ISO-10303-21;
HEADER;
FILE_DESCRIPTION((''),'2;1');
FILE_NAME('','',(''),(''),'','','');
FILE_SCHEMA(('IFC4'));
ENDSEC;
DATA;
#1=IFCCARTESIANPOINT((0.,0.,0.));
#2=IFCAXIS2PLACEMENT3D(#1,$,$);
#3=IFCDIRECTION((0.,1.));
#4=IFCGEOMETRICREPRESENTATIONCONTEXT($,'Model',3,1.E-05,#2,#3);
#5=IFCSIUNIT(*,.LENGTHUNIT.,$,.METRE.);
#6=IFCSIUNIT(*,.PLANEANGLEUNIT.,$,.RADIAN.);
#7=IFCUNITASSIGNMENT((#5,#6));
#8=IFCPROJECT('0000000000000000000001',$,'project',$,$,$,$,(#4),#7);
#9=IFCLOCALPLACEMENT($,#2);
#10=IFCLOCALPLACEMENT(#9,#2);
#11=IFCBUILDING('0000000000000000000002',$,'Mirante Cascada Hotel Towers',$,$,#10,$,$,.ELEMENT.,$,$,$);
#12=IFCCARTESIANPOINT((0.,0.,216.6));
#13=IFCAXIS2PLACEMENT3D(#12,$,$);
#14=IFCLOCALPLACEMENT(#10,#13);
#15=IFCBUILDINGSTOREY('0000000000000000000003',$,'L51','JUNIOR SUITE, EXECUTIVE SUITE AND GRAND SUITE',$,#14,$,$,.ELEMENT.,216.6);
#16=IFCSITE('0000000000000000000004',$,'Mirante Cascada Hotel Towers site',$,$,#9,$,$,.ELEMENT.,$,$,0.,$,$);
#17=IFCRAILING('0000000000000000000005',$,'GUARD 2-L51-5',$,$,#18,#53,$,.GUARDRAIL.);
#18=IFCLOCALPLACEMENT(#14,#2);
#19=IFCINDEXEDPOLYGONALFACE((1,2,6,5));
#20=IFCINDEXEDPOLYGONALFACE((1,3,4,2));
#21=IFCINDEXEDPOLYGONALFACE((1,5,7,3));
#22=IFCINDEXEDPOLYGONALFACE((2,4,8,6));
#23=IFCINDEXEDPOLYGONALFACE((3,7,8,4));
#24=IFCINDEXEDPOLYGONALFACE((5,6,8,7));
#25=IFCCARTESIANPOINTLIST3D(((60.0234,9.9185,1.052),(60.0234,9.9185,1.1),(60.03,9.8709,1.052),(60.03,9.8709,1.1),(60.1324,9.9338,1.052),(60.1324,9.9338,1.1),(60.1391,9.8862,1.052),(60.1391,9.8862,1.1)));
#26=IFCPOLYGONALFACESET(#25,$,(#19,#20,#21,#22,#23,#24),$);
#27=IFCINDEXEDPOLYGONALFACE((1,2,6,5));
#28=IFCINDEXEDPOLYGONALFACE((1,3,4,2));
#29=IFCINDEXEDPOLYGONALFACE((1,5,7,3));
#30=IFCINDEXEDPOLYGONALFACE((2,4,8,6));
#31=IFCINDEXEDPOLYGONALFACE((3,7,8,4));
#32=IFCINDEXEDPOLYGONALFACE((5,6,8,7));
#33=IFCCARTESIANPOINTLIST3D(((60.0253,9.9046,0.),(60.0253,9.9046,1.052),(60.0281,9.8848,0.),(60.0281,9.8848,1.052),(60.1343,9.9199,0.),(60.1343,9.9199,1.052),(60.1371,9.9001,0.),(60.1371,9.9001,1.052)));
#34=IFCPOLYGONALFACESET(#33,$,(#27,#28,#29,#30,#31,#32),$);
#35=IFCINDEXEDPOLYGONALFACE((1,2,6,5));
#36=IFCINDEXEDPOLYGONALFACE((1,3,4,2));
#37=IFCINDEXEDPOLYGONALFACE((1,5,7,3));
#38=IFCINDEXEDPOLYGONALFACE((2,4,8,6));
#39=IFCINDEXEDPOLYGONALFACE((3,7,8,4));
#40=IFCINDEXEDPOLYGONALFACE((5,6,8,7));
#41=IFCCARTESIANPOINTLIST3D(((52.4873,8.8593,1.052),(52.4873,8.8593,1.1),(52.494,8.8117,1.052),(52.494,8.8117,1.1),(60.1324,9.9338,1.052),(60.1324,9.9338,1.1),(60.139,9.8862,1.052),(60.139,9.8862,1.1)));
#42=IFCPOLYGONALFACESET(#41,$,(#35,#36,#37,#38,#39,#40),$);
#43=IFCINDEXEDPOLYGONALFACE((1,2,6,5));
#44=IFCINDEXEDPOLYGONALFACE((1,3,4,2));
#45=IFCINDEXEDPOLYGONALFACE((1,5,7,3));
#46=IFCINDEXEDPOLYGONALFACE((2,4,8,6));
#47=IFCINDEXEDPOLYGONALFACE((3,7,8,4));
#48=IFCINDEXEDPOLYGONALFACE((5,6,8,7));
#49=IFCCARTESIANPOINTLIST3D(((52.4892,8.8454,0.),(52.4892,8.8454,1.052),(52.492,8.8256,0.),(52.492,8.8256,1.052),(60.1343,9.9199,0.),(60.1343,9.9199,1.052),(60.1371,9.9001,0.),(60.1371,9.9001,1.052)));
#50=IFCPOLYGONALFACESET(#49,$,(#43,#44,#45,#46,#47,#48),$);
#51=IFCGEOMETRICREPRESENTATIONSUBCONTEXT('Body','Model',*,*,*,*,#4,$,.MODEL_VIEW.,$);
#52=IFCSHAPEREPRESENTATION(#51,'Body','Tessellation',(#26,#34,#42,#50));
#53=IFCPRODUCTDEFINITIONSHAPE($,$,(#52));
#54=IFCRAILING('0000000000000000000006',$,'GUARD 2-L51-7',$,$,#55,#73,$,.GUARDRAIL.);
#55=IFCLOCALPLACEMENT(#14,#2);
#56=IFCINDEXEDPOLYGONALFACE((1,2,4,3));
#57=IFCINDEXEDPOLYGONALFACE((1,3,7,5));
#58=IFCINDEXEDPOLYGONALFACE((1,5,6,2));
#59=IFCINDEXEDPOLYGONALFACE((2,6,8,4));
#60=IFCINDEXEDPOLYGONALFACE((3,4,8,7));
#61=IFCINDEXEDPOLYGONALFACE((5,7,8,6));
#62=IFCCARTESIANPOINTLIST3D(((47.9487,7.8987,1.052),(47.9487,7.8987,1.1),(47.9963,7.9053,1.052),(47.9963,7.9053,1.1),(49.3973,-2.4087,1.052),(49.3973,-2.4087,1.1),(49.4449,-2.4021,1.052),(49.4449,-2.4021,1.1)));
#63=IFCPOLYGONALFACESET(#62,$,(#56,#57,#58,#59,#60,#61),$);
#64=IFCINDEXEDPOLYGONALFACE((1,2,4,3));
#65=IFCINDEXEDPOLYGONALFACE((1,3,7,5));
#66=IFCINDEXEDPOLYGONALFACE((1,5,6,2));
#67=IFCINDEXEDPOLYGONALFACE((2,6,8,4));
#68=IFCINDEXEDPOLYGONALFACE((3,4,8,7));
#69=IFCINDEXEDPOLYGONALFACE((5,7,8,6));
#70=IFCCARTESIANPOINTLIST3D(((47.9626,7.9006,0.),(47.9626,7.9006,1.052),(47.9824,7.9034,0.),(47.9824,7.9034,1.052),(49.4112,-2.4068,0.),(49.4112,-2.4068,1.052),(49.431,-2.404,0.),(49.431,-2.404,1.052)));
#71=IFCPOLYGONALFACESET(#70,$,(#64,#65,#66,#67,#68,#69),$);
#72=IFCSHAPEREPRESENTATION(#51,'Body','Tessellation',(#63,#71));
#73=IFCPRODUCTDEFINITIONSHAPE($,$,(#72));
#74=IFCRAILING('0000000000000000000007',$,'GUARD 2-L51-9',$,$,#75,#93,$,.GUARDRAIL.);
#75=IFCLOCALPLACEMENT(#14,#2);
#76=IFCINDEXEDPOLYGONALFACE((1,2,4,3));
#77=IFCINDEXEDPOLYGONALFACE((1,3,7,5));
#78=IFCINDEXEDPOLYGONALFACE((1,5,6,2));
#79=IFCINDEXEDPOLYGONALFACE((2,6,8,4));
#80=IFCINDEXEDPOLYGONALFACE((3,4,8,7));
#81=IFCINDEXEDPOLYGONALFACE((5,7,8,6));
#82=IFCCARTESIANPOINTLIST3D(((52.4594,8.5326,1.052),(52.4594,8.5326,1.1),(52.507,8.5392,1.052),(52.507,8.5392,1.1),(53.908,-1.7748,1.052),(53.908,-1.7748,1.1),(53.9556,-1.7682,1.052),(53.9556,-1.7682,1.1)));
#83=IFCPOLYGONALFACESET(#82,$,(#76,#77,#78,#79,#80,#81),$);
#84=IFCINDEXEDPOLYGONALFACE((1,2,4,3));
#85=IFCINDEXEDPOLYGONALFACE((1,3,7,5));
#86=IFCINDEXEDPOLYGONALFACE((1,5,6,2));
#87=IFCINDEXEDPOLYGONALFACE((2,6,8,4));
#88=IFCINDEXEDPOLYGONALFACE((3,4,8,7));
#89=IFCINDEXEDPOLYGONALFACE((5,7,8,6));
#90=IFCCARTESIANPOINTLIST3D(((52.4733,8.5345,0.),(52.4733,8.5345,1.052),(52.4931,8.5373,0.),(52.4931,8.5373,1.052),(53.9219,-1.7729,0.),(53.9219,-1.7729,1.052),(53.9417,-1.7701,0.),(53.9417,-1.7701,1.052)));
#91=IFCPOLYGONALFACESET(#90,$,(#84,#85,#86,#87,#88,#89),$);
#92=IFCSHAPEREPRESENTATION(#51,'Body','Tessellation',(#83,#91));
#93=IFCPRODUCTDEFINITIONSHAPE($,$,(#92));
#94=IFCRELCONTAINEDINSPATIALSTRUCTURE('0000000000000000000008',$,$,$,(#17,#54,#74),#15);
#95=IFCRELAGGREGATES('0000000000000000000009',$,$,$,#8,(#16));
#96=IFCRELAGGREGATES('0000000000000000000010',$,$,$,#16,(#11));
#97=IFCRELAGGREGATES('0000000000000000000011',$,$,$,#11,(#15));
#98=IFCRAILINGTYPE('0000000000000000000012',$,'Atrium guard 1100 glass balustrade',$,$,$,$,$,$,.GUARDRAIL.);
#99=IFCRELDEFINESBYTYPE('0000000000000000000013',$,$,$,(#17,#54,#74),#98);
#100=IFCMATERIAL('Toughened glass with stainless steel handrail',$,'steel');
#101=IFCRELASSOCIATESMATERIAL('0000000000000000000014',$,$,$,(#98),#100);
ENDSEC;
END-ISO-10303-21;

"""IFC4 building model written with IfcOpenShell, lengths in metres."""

from ifc_helpers import new_model, si_unit, direction, frame, origin, origin_2d, place, context, subcontext, project, spatial, rectangle, extrude, material, type_object, element, save


model = new_model("IFC4")

# Units and contexts
model_context = context("Model", 3, precision=1e-05, world=origin(), true_north=direction((0.0, 1.0)))
body_context = subcontext(model_context, "Body", "Model", "MODEL_VIEW")
ifc_project = project(units=[si_unit("LENGTHUNIT", "METRE"), si_unit("PLANEANGLEUNIT", "RADIAN")], contexts=[model_context])

# Site, building, storey
site_placement = place(None, origin())
site = spatial("IfcSite", under=ifc_project, at=site_placement, Name="Mirante Cascada Hotel Towers site", CompositionType="ELEMENT", RefElevation=0.0)
building_placement = place(site_placement, origin())
building = spatial("IfcBuilding", under=site, at=building_placement, Name="Mirante Cascada Hotel Towers", CompositionType="ELEMENT")
storey_placement = place(building_placement, frame((0.0, 0.0, 216.6)))
storey = spatial("IfcBuildingStorey", under=building, at=storey_placement, Name="L51", Description="JUNIOR SUITE, EXECUTIVE SUITE AND GRAND SUITE", CompositionType="ELEMENT", Elevation=216.6)

# Railings
ifc_material_1 = material(Name="Toughened glass with stainless steel handrail", Category="steel")
railing_type = type_object("IfcRailingType", Name="Atrium guard 1100 glass balustrade", PredefinedType="GUARDRAIL", material=ifc_material_1)
railing_1_placement = place(storey_placement, frame((60.0267, 9.8947, 0.0)))
element("IfcRailing", 1, at=railing_1_placement, inside=storey, type_object=railing_type, Name="GUARD 2-L51-5", PredefinedType="GUARDRAIL", context=body_context, shape_type="SweptSolid", body=[
    extrude(rectangle(XDim=0.048, YDim=0.048, at=origin_2d()), frame((0.0, 0.0, 1.076), z_axis=(0.990292, 0.139004, 0.0), x_axis=(-0.139004, 0.990292, 0.0)), (0.0, 0.0, 1.0), 0.1101),
    extrude(rectangle(XDim=0.02, YDim=1.052, at=origin_2d()), frame((0.0, 0.0, 0.526), z_axis=(0.990292, 0.139004, 0.0), x_axis=(-0.139004, 0.990292, 0.0)), (0.0, 0.0, 1.0), 0.1101),
    extrude(rectangle(XDim=0.048, YDim=0.048, at=origin_2d()), frame((0.109, 0.0153, 1.076), z_axis=(-0.990267, -0.13918, 0.0), x_axis=(0.13918, -0.990267, 0.0)), (0.0, 0.0, 1.0), 7.7202),
    extrude(rectangle(XDim=0.02, YDim=1.052, at=origin_2d()), frame((0.109, 0.0153, 0.526), z_axis=(-0.990267, -0.13918, 0.0), x_axis=(0.13918, -0.990267, 0.0)), (0.0, 0.0, 1.0), 7.7202),
])
for number, where, name in (
    (2, (47.9725, 7.902, 0.0), "GUARD 2-L51-7"),
    (3, (52.4832, 8.5359, 0.0), "GUARD 2-L51-9"),
):
    element("IfcRailing", number, at=place(storey_placement, frame(where)), inside=storey, type_object=railing_type, Name=name, PredefinedType="GUARDRAIL", context=body_context, shape_type="SweptSolid", body=[
        extrude(rectangle(XDim=0.048, YDim=0.048, at=origin_2d()), frame((0.0, 0.0, 1.076), z_axis=(0.139172, -0.990268, 0.0), x_axis=(0.990268, 0.139172, 0.0)), (0.0, 0.0, 1.0), 10.4087),
        extrude(rectangle(XDim=0.02, YDim=1.052, at=origin_2d()), frame((0.0, 0.0, 0.526), z_axis=(0.139172, -0.990268, 0.0), x_axis=(0.990268, 0.139172, 0.0)), (0.0, 0.0, 1.0), 10.4087),
    ])

save(model, "model.ifc")
